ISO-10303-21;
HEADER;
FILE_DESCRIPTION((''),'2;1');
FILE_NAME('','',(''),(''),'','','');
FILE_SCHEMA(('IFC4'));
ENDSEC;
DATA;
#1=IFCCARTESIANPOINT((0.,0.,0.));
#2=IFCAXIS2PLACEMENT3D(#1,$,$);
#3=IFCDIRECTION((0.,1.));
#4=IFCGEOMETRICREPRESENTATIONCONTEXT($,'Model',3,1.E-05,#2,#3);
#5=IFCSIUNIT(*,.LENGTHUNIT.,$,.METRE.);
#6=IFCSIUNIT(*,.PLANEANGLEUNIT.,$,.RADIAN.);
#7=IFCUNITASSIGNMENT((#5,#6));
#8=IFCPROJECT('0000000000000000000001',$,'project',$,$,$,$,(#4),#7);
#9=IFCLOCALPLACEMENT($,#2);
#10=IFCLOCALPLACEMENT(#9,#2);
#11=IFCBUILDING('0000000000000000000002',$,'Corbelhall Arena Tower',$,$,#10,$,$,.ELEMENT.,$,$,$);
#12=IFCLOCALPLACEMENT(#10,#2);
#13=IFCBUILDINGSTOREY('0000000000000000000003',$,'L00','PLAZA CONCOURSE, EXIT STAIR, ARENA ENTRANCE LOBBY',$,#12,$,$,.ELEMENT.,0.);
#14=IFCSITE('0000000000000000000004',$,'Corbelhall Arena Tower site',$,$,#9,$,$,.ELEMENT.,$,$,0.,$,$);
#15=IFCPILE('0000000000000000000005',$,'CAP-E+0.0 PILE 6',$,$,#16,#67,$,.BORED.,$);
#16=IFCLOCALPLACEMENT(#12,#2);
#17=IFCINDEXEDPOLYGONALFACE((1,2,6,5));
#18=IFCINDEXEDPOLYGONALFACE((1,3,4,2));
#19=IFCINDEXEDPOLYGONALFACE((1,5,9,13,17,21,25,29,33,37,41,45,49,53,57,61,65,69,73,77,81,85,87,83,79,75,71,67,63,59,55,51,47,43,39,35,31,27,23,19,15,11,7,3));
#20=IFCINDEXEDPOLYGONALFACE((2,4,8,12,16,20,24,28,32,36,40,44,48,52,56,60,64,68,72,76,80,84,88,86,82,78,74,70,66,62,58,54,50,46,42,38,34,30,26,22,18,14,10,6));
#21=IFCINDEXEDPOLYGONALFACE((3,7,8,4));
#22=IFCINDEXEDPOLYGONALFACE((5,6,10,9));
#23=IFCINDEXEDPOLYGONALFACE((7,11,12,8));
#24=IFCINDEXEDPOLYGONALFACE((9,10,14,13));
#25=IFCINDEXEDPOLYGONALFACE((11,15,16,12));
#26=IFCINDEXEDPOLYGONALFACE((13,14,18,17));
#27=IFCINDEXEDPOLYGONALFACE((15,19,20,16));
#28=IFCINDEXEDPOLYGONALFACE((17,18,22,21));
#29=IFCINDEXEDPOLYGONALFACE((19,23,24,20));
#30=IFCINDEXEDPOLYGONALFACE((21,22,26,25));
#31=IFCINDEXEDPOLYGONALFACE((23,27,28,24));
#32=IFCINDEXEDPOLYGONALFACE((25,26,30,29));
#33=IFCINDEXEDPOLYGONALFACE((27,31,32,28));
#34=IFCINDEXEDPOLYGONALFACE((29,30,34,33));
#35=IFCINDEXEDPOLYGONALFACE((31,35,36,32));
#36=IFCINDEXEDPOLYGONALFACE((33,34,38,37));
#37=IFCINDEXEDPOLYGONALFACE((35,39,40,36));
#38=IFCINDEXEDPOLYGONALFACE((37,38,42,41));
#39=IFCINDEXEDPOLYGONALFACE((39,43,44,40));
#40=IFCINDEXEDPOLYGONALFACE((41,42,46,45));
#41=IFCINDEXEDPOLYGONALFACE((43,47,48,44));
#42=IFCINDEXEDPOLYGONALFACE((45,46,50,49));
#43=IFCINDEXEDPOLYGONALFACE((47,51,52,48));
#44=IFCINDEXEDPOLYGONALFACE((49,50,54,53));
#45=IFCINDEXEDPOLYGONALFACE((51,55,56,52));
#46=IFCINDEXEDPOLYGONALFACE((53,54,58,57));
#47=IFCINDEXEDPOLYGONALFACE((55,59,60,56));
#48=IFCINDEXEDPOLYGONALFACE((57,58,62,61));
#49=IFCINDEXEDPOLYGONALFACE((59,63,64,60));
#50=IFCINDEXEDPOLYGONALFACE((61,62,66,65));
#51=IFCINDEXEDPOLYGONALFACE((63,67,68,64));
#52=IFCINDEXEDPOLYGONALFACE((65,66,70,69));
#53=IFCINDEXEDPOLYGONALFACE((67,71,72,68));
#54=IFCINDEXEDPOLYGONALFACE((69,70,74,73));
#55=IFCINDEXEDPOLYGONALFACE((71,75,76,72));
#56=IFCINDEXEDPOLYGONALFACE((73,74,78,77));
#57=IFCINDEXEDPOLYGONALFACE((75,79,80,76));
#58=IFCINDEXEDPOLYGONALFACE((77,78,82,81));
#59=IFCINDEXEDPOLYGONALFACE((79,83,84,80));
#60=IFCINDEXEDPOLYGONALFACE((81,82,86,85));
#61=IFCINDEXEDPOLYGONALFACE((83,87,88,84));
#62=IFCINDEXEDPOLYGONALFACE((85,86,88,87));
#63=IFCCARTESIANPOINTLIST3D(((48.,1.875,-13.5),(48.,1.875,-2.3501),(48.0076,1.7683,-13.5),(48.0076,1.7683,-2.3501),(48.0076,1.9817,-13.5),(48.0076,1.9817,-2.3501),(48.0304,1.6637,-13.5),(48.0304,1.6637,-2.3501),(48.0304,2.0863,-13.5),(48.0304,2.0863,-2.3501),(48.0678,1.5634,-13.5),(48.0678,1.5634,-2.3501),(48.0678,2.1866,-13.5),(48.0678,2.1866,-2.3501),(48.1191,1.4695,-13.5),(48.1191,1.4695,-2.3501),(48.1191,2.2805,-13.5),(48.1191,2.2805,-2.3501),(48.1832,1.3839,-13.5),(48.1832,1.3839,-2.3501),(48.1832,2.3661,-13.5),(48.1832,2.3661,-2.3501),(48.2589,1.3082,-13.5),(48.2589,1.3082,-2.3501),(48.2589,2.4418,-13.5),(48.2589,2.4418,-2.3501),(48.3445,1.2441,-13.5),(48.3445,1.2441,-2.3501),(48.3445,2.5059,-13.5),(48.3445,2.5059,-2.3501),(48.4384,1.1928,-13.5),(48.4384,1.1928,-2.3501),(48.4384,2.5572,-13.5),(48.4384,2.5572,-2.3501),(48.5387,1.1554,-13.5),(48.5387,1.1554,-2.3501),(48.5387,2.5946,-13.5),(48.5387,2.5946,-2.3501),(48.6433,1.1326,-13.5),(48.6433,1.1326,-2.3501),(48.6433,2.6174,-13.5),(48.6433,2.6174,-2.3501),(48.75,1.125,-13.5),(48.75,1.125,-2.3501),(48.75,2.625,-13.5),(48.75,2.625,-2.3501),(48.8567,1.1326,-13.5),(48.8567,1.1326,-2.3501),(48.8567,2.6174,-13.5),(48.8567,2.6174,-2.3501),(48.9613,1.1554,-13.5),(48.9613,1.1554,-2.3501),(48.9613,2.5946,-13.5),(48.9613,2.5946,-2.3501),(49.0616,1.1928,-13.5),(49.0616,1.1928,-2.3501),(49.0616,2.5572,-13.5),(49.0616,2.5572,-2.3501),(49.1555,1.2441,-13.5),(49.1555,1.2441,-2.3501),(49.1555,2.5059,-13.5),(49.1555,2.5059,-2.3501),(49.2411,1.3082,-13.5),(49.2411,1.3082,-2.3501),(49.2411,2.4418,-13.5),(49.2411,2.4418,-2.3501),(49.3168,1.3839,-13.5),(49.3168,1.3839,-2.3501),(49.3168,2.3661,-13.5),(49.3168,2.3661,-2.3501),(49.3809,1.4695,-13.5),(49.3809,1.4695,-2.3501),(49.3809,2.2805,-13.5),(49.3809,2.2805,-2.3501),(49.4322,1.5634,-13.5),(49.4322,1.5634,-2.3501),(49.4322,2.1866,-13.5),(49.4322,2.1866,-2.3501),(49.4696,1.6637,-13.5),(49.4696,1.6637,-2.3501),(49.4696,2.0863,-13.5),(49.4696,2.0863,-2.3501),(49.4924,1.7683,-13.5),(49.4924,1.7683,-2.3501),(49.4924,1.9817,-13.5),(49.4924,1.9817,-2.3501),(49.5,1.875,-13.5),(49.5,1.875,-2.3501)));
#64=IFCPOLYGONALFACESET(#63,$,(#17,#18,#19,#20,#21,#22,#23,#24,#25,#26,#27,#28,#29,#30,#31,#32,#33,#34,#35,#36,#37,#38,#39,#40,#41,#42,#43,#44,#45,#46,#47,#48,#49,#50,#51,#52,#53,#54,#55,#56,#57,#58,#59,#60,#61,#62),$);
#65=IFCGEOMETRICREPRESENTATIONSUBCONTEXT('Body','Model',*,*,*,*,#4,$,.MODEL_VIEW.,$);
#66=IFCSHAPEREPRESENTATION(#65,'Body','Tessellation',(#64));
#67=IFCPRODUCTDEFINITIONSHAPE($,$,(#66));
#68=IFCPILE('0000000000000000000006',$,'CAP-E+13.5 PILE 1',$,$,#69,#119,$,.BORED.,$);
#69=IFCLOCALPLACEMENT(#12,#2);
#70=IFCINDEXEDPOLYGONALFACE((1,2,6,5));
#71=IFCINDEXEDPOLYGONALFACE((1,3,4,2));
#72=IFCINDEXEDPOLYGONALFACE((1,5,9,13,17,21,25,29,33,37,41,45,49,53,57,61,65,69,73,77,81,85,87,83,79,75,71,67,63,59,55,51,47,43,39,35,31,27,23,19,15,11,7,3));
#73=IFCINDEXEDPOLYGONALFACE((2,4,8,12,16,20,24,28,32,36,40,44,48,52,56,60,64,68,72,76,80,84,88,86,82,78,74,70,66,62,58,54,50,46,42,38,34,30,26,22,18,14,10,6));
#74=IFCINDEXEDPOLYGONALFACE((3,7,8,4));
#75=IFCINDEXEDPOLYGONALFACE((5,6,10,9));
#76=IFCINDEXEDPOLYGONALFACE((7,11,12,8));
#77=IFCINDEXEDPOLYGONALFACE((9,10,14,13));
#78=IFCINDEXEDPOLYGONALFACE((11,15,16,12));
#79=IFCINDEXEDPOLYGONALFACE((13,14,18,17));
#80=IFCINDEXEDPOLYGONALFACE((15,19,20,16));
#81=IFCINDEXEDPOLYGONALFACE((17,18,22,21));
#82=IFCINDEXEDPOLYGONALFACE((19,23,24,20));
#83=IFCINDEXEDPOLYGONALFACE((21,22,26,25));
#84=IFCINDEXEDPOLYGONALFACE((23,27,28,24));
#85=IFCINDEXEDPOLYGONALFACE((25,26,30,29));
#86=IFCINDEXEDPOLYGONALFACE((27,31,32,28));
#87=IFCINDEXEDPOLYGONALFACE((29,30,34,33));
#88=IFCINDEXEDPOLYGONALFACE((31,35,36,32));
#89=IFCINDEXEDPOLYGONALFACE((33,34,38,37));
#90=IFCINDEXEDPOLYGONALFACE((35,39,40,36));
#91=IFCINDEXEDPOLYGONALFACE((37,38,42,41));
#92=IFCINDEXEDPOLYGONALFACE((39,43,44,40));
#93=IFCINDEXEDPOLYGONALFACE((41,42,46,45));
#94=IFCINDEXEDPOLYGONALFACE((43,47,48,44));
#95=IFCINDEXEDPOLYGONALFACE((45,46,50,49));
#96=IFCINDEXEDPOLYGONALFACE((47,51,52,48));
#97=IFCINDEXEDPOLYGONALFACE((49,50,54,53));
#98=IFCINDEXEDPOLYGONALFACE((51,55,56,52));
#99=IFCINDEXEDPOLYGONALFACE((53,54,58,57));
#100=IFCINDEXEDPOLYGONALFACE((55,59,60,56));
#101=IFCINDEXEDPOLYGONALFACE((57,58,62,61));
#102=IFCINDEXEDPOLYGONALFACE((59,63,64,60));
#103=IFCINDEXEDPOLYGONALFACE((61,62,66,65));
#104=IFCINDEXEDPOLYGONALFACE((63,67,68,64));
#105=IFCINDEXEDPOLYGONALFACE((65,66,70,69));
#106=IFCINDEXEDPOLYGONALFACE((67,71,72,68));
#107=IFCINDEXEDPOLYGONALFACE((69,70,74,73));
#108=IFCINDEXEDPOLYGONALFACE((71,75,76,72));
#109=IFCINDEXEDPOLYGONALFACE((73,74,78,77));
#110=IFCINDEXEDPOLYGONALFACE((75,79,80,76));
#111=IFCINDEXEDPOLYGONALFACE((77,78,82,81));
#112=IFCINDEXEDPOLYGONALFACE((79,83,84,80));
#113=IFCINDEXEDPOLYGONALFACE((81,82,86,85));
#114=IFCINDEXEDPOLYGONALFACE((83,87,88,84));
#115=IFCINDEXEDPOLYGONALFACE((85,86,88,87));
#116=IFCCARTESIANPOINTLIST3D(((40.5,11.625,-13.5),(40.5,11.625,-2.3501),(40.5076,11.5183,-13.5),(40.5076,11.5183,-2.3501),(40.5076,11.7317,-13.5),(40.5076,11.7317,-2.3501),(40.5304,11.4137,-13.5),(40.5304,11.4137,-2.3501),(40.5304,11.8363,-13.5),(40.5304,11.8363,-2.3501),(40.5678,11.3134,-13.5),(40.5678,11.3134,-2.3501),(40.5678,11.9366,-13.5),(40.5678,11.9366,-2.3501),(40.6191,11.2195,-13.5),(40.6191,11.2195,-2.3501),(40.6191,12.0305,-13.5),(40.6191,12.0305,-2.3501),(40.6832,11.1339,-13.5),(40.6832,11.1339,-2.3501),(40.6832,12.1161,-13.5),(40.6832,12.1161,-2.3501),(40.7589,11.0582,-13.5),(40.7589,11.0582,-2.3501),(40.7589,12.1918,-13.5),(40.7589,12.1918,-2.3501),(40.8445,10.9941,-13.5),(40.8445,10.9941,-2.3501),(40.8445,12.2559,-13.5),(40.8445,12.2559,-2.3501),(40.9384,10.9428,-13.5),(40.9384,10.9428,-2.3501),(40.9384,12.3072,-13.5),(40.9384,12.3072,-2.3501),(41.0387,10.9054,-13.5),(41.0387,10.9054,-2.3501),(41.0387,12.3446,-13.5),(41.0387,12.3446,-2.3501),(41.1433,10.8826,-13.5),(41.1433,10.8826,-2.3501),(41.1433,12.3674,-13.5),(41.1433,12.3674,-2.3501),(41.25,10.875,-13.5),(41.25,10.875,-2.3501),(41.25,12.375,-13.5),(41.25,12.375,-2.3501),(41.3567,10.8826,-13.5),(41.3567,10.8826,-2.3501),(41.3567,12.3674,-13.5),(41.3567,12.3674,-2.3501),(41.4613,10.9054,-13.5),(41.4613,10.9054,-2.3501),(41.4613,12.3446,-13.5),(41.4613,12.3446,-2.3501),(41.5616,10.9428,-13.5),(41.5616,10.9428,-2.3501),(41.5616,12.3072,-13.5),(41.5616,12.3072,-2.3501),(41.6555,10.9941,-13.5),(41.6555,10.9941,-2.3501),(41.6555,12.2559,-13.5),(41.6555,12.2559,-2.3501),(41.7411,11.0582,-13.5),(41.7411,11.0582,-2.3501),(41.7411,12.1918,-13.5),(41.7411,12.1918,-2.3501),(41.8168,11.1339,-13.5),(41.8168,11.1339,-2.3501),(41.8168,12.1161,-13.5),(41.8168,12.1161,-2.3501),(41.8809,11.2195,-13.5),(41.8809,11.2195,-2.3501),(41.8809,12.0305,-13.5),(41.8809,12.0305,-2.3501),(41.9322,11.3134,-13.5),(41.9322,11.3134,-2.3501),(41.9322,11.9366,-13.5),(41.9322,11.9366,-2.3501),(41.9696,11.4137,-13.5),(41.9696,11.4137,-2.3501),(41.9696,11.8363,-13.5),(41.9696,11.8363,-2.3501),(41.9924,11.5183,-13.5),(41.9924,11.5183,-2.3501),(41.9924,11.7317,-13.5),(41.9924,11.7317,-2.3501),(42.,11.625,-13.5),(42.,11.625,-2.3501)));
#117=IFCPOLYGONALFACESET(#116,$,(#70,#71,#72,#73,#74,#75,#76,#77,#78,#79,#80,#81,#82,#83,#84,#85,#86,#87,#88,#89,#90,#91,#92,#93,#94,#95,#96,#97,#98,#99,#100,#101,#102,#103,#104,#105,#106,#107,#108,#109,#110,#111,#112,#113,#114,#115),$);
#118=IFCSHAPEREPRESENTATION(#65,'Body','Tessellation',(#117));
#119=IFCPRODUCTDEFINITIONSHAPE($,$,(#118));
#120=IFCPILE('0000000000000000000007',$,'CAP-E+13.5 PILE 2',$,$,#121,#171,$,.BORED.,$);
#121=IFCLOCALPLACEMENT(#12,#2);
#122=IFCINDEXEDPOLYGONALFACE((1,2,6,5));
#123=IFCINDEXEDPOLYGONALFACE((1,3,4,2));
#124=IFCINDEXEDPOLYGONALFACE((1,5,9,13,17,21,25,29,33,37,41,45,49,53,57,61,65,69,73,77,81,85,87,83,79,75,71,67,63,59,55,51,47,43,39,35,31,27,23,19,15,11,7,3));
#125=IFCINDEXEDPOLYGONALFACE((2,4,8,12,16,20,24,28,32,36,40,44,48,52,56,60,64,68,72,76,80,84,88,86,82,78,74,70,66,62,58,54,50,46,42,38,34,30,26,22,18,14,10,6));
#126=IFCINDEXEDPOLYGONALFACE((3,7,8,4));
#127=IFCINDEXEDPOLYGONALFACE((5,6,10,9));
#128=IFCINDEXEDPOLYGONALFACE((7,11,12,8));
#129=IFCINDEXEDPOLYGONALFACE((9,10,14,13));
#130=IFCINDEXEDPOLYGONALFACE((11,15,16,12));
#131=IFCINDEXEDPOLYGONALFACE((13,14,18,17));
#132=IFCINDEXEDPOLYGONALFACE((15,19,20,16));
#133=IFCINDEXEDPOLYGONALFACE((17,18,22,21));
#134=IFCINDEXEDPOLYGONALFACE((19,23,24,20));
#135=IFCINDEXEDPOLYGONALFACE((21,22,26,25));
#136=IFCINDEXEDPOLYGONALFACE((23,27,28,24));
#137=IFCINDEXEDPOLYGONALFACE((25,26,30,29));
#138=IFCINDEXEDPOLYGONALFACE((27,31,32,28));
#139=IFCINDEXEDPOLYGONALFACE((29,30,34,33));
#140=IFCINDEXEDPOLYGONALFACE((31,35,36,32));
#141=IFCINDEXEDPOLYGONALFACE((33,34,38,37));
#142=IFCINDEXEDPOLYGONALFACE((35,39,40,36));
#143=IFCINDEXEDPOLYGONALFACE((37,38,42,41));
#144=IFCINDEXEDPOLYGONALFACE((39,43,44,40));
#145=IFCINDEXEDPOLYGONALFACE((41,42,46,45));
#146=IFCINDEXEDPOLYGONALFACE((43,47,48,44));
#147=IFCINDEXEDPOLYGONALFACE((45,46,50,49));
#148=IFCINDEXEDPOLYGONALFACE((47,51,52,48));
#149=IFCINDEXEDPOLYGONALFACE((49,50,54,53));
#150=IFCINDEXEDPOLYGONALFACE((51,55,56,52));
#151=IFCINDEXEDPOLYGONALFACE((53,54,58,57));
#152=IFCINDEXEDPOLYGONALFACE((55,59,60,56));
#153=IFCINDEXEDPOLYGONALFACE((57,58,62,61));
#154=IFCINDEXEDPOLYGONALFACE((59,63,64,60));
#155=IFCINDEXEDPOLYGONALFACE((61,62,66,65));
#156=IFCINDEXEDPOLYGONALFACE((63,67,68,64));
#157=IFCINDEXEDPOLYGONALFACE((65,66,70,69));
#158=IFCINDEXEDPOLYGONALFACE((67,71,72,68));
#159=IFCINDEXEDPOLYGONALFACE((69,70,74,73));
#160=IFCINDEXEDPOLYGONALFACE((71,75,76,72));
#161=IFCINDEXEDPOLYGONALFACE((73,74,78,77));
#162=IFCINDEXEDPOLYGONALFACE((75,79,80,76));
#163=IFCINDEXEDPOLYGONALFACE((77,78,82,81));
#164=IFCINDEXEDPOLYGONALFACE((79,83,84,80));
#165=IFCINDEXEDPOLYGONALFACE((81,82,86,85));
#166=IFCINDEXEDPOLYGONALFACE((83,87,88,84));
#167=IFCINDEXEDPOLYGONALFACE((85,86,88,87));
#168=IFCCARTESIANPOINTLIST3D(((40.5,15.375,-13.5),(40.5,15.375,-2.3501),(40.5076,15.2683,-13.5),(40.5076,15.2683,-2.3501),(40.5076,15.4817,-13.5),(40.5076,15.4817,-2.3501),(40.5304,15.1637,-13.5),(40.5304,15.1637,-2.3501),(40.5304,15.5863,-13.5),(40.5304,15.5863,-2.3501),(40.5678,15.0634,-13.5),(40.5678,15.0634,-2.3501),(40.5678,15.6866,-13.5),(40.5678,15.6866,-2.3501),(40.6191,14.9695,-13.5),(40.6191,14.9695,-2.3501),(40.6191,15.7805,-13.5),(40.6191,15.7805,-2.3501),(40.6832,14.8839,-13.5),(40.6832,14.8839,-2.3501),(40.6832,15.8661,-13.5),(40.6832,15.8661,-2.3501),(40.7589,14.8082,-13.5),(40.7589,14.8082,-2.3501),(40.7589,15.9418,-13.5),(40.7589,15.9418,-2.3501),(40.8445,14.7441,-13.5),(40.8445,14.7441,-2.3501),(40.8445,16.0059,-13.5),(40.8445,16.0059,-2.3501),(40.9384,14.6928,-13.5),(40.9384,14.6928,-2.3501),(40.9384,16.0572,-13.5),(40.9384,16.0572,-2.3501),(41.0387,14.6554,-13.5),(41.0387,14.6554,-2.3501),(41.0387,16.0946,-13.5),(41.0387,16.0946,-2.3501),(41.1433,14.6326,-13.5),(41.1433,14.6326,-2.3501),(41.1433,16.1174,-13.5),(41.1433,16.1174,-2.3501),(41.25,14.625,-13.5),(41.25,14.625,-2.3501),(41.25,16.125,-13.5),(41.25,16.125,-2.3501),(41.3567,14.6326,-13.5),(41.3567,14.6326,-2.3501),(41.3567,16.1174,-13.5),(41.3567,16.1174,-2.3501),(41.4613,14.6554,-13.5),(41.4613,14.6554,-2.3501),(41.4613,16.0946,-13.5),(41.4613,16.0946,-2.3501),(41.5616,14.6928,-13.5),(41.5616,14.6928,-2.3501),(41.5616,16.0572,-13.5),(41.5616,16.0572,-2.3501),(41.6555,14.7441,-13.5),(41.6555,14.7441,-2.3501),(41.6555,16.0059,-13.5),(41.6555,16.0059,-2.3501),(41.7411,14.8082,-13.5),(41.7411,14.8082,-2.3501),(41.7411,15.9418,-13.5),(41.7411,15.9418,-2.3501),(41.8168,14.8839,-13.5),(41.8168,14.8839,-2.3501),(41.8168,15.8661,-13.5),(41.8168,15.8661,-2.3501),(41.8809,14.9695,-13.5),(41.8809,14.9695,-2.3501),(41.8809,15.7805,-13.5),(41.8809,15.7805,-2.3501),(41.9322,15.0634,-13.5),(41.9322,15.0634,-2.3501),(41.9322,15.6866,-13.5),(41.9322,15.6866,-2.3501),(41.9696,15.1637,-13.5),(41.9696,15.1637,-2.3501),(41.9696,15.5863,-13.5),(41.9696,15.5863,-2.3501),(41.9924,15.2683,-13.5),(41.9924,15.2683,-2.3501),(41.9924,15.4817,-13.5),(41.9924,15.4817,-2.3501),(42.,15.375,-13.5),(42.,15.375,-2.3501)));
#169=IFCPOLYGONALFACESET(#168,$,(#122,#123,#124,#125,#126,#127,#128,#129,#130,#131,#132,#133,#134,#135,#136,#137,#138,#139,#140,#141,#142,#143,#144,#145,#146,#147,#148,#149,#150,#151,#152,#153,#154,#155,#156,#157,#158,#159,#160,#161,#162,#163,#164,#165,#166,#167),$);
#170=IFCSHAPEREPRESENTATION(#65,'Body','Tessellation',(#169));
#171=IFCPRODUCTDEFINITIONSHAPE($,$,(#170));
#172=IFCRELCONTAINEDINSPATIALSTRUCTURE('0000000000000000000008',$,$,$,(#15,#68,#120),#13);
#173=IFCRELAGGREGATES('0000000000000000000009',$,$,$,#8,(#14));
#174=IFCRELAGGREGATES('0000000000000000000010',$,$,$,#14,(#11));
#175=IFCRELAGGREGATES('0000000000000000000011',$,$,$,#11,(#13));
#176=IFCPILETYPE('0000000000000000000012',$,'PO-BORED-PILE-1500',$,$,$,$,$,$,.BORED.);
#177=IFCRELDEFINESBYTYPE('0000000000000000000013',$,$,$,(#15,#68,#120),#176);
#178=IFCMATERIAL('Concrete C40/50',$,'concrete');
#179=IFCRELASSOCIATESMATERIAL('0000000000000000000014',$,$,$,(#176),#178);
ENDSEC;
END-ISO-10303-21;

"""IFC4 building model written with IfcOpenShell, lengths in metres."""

from ifc_helpers import new_model, si_unit, direction, frame, origin, origin_2d, place, context, subcontext, project, spatial, circle, extrude, material, material_profile, profile_set, type_object, element, save


model = new_model("IFC4")

# Units and contexts
model_context = context("Model", 3, precision=1e-05, world=origin(), true_north=direction((0.0, 1.0)))
body_context = subcontext(model_context, "Body", "Model", "MODEL_VIEW")
ifc_project = project(units=[si_unit("LENGTHUNIT", "METRE"), si_unit("PLANEANGLEUNIT", "RADIAN")], contexts=[model_context])

# Site, building, storey
site_placement = place(None, origin())
site = spatial("IfcSite", under=ifc_project, at=site_placement, Name="Corbelhall Arena Tower site", CompositionType="ELEMENT", RefElevation=0.0)
building_placement = place(site_placement, origin())
building = spatial("IfcBuilding", under=site, at=building_placement, Name="Corbelhall Arena Tower", CompositionType="ELEMENT")
storey_placement = place(building_placement, origin())
storey = spatial("IfcBuildingStorey", under=building, at=storey_placement, Name="L00", Description="PLAZA CONCOURSE, EXIT STAIR, ARENA ENTRANCE LOBBY", CompositionType="ELEMENT", Elevation=0.0)

# Piles
ifc_material_1 = material(Name="Concrete C40/50", Category="concrete")
ifc_material_profile_1 = material_profile(ifc_material_1, circle(Radius=0.75, at=origin_2d()))
ifc_profile_set_1 = profile_set([ifc_material_profile_1], Name="Concrete C40/50")
pile_type_1 = type_object("IfcPileType", Name="PO-BORED-PILE-1500", PredefinedType="BORED", material=ifc_profile_set_1)
for number, where, z_axis, x_axis, name in (
    (1, (48.75, 1.875, -2.3501), (0.0, 0.0, -1.0), (1.0, 0.0, 0.0), "CAP-E+0.0 PILE 6"),
    (2, (41.25, 11.625, -2.3501), (0.0, 0.0, -1.0), (1.0, 0.0, 0.0), "CAP-E+13.5 PILE 1"),
    (3, (41.25, 15.375, -2.3501), (0.0, 0.0, -1.0), (1.0, 0.0, 0.0), "CAP-E+13.5 PILE 2"),
):
    element("IfcPile", number, at=place(storey_placement, frame(where, z_axis=z_axis, x_axis=x_axis)), inside=storey, type_object=pile_type_1, Name=name, PredefinedType="BORED", context=body_context, shape_type="SweptSolid", body=[
        extrude(circle(Radius=0.75, at=origin_2d()), origin(), (0.0, 0.0, 1.0), 11.1499),
    ])

save(model, "model.ifc")
